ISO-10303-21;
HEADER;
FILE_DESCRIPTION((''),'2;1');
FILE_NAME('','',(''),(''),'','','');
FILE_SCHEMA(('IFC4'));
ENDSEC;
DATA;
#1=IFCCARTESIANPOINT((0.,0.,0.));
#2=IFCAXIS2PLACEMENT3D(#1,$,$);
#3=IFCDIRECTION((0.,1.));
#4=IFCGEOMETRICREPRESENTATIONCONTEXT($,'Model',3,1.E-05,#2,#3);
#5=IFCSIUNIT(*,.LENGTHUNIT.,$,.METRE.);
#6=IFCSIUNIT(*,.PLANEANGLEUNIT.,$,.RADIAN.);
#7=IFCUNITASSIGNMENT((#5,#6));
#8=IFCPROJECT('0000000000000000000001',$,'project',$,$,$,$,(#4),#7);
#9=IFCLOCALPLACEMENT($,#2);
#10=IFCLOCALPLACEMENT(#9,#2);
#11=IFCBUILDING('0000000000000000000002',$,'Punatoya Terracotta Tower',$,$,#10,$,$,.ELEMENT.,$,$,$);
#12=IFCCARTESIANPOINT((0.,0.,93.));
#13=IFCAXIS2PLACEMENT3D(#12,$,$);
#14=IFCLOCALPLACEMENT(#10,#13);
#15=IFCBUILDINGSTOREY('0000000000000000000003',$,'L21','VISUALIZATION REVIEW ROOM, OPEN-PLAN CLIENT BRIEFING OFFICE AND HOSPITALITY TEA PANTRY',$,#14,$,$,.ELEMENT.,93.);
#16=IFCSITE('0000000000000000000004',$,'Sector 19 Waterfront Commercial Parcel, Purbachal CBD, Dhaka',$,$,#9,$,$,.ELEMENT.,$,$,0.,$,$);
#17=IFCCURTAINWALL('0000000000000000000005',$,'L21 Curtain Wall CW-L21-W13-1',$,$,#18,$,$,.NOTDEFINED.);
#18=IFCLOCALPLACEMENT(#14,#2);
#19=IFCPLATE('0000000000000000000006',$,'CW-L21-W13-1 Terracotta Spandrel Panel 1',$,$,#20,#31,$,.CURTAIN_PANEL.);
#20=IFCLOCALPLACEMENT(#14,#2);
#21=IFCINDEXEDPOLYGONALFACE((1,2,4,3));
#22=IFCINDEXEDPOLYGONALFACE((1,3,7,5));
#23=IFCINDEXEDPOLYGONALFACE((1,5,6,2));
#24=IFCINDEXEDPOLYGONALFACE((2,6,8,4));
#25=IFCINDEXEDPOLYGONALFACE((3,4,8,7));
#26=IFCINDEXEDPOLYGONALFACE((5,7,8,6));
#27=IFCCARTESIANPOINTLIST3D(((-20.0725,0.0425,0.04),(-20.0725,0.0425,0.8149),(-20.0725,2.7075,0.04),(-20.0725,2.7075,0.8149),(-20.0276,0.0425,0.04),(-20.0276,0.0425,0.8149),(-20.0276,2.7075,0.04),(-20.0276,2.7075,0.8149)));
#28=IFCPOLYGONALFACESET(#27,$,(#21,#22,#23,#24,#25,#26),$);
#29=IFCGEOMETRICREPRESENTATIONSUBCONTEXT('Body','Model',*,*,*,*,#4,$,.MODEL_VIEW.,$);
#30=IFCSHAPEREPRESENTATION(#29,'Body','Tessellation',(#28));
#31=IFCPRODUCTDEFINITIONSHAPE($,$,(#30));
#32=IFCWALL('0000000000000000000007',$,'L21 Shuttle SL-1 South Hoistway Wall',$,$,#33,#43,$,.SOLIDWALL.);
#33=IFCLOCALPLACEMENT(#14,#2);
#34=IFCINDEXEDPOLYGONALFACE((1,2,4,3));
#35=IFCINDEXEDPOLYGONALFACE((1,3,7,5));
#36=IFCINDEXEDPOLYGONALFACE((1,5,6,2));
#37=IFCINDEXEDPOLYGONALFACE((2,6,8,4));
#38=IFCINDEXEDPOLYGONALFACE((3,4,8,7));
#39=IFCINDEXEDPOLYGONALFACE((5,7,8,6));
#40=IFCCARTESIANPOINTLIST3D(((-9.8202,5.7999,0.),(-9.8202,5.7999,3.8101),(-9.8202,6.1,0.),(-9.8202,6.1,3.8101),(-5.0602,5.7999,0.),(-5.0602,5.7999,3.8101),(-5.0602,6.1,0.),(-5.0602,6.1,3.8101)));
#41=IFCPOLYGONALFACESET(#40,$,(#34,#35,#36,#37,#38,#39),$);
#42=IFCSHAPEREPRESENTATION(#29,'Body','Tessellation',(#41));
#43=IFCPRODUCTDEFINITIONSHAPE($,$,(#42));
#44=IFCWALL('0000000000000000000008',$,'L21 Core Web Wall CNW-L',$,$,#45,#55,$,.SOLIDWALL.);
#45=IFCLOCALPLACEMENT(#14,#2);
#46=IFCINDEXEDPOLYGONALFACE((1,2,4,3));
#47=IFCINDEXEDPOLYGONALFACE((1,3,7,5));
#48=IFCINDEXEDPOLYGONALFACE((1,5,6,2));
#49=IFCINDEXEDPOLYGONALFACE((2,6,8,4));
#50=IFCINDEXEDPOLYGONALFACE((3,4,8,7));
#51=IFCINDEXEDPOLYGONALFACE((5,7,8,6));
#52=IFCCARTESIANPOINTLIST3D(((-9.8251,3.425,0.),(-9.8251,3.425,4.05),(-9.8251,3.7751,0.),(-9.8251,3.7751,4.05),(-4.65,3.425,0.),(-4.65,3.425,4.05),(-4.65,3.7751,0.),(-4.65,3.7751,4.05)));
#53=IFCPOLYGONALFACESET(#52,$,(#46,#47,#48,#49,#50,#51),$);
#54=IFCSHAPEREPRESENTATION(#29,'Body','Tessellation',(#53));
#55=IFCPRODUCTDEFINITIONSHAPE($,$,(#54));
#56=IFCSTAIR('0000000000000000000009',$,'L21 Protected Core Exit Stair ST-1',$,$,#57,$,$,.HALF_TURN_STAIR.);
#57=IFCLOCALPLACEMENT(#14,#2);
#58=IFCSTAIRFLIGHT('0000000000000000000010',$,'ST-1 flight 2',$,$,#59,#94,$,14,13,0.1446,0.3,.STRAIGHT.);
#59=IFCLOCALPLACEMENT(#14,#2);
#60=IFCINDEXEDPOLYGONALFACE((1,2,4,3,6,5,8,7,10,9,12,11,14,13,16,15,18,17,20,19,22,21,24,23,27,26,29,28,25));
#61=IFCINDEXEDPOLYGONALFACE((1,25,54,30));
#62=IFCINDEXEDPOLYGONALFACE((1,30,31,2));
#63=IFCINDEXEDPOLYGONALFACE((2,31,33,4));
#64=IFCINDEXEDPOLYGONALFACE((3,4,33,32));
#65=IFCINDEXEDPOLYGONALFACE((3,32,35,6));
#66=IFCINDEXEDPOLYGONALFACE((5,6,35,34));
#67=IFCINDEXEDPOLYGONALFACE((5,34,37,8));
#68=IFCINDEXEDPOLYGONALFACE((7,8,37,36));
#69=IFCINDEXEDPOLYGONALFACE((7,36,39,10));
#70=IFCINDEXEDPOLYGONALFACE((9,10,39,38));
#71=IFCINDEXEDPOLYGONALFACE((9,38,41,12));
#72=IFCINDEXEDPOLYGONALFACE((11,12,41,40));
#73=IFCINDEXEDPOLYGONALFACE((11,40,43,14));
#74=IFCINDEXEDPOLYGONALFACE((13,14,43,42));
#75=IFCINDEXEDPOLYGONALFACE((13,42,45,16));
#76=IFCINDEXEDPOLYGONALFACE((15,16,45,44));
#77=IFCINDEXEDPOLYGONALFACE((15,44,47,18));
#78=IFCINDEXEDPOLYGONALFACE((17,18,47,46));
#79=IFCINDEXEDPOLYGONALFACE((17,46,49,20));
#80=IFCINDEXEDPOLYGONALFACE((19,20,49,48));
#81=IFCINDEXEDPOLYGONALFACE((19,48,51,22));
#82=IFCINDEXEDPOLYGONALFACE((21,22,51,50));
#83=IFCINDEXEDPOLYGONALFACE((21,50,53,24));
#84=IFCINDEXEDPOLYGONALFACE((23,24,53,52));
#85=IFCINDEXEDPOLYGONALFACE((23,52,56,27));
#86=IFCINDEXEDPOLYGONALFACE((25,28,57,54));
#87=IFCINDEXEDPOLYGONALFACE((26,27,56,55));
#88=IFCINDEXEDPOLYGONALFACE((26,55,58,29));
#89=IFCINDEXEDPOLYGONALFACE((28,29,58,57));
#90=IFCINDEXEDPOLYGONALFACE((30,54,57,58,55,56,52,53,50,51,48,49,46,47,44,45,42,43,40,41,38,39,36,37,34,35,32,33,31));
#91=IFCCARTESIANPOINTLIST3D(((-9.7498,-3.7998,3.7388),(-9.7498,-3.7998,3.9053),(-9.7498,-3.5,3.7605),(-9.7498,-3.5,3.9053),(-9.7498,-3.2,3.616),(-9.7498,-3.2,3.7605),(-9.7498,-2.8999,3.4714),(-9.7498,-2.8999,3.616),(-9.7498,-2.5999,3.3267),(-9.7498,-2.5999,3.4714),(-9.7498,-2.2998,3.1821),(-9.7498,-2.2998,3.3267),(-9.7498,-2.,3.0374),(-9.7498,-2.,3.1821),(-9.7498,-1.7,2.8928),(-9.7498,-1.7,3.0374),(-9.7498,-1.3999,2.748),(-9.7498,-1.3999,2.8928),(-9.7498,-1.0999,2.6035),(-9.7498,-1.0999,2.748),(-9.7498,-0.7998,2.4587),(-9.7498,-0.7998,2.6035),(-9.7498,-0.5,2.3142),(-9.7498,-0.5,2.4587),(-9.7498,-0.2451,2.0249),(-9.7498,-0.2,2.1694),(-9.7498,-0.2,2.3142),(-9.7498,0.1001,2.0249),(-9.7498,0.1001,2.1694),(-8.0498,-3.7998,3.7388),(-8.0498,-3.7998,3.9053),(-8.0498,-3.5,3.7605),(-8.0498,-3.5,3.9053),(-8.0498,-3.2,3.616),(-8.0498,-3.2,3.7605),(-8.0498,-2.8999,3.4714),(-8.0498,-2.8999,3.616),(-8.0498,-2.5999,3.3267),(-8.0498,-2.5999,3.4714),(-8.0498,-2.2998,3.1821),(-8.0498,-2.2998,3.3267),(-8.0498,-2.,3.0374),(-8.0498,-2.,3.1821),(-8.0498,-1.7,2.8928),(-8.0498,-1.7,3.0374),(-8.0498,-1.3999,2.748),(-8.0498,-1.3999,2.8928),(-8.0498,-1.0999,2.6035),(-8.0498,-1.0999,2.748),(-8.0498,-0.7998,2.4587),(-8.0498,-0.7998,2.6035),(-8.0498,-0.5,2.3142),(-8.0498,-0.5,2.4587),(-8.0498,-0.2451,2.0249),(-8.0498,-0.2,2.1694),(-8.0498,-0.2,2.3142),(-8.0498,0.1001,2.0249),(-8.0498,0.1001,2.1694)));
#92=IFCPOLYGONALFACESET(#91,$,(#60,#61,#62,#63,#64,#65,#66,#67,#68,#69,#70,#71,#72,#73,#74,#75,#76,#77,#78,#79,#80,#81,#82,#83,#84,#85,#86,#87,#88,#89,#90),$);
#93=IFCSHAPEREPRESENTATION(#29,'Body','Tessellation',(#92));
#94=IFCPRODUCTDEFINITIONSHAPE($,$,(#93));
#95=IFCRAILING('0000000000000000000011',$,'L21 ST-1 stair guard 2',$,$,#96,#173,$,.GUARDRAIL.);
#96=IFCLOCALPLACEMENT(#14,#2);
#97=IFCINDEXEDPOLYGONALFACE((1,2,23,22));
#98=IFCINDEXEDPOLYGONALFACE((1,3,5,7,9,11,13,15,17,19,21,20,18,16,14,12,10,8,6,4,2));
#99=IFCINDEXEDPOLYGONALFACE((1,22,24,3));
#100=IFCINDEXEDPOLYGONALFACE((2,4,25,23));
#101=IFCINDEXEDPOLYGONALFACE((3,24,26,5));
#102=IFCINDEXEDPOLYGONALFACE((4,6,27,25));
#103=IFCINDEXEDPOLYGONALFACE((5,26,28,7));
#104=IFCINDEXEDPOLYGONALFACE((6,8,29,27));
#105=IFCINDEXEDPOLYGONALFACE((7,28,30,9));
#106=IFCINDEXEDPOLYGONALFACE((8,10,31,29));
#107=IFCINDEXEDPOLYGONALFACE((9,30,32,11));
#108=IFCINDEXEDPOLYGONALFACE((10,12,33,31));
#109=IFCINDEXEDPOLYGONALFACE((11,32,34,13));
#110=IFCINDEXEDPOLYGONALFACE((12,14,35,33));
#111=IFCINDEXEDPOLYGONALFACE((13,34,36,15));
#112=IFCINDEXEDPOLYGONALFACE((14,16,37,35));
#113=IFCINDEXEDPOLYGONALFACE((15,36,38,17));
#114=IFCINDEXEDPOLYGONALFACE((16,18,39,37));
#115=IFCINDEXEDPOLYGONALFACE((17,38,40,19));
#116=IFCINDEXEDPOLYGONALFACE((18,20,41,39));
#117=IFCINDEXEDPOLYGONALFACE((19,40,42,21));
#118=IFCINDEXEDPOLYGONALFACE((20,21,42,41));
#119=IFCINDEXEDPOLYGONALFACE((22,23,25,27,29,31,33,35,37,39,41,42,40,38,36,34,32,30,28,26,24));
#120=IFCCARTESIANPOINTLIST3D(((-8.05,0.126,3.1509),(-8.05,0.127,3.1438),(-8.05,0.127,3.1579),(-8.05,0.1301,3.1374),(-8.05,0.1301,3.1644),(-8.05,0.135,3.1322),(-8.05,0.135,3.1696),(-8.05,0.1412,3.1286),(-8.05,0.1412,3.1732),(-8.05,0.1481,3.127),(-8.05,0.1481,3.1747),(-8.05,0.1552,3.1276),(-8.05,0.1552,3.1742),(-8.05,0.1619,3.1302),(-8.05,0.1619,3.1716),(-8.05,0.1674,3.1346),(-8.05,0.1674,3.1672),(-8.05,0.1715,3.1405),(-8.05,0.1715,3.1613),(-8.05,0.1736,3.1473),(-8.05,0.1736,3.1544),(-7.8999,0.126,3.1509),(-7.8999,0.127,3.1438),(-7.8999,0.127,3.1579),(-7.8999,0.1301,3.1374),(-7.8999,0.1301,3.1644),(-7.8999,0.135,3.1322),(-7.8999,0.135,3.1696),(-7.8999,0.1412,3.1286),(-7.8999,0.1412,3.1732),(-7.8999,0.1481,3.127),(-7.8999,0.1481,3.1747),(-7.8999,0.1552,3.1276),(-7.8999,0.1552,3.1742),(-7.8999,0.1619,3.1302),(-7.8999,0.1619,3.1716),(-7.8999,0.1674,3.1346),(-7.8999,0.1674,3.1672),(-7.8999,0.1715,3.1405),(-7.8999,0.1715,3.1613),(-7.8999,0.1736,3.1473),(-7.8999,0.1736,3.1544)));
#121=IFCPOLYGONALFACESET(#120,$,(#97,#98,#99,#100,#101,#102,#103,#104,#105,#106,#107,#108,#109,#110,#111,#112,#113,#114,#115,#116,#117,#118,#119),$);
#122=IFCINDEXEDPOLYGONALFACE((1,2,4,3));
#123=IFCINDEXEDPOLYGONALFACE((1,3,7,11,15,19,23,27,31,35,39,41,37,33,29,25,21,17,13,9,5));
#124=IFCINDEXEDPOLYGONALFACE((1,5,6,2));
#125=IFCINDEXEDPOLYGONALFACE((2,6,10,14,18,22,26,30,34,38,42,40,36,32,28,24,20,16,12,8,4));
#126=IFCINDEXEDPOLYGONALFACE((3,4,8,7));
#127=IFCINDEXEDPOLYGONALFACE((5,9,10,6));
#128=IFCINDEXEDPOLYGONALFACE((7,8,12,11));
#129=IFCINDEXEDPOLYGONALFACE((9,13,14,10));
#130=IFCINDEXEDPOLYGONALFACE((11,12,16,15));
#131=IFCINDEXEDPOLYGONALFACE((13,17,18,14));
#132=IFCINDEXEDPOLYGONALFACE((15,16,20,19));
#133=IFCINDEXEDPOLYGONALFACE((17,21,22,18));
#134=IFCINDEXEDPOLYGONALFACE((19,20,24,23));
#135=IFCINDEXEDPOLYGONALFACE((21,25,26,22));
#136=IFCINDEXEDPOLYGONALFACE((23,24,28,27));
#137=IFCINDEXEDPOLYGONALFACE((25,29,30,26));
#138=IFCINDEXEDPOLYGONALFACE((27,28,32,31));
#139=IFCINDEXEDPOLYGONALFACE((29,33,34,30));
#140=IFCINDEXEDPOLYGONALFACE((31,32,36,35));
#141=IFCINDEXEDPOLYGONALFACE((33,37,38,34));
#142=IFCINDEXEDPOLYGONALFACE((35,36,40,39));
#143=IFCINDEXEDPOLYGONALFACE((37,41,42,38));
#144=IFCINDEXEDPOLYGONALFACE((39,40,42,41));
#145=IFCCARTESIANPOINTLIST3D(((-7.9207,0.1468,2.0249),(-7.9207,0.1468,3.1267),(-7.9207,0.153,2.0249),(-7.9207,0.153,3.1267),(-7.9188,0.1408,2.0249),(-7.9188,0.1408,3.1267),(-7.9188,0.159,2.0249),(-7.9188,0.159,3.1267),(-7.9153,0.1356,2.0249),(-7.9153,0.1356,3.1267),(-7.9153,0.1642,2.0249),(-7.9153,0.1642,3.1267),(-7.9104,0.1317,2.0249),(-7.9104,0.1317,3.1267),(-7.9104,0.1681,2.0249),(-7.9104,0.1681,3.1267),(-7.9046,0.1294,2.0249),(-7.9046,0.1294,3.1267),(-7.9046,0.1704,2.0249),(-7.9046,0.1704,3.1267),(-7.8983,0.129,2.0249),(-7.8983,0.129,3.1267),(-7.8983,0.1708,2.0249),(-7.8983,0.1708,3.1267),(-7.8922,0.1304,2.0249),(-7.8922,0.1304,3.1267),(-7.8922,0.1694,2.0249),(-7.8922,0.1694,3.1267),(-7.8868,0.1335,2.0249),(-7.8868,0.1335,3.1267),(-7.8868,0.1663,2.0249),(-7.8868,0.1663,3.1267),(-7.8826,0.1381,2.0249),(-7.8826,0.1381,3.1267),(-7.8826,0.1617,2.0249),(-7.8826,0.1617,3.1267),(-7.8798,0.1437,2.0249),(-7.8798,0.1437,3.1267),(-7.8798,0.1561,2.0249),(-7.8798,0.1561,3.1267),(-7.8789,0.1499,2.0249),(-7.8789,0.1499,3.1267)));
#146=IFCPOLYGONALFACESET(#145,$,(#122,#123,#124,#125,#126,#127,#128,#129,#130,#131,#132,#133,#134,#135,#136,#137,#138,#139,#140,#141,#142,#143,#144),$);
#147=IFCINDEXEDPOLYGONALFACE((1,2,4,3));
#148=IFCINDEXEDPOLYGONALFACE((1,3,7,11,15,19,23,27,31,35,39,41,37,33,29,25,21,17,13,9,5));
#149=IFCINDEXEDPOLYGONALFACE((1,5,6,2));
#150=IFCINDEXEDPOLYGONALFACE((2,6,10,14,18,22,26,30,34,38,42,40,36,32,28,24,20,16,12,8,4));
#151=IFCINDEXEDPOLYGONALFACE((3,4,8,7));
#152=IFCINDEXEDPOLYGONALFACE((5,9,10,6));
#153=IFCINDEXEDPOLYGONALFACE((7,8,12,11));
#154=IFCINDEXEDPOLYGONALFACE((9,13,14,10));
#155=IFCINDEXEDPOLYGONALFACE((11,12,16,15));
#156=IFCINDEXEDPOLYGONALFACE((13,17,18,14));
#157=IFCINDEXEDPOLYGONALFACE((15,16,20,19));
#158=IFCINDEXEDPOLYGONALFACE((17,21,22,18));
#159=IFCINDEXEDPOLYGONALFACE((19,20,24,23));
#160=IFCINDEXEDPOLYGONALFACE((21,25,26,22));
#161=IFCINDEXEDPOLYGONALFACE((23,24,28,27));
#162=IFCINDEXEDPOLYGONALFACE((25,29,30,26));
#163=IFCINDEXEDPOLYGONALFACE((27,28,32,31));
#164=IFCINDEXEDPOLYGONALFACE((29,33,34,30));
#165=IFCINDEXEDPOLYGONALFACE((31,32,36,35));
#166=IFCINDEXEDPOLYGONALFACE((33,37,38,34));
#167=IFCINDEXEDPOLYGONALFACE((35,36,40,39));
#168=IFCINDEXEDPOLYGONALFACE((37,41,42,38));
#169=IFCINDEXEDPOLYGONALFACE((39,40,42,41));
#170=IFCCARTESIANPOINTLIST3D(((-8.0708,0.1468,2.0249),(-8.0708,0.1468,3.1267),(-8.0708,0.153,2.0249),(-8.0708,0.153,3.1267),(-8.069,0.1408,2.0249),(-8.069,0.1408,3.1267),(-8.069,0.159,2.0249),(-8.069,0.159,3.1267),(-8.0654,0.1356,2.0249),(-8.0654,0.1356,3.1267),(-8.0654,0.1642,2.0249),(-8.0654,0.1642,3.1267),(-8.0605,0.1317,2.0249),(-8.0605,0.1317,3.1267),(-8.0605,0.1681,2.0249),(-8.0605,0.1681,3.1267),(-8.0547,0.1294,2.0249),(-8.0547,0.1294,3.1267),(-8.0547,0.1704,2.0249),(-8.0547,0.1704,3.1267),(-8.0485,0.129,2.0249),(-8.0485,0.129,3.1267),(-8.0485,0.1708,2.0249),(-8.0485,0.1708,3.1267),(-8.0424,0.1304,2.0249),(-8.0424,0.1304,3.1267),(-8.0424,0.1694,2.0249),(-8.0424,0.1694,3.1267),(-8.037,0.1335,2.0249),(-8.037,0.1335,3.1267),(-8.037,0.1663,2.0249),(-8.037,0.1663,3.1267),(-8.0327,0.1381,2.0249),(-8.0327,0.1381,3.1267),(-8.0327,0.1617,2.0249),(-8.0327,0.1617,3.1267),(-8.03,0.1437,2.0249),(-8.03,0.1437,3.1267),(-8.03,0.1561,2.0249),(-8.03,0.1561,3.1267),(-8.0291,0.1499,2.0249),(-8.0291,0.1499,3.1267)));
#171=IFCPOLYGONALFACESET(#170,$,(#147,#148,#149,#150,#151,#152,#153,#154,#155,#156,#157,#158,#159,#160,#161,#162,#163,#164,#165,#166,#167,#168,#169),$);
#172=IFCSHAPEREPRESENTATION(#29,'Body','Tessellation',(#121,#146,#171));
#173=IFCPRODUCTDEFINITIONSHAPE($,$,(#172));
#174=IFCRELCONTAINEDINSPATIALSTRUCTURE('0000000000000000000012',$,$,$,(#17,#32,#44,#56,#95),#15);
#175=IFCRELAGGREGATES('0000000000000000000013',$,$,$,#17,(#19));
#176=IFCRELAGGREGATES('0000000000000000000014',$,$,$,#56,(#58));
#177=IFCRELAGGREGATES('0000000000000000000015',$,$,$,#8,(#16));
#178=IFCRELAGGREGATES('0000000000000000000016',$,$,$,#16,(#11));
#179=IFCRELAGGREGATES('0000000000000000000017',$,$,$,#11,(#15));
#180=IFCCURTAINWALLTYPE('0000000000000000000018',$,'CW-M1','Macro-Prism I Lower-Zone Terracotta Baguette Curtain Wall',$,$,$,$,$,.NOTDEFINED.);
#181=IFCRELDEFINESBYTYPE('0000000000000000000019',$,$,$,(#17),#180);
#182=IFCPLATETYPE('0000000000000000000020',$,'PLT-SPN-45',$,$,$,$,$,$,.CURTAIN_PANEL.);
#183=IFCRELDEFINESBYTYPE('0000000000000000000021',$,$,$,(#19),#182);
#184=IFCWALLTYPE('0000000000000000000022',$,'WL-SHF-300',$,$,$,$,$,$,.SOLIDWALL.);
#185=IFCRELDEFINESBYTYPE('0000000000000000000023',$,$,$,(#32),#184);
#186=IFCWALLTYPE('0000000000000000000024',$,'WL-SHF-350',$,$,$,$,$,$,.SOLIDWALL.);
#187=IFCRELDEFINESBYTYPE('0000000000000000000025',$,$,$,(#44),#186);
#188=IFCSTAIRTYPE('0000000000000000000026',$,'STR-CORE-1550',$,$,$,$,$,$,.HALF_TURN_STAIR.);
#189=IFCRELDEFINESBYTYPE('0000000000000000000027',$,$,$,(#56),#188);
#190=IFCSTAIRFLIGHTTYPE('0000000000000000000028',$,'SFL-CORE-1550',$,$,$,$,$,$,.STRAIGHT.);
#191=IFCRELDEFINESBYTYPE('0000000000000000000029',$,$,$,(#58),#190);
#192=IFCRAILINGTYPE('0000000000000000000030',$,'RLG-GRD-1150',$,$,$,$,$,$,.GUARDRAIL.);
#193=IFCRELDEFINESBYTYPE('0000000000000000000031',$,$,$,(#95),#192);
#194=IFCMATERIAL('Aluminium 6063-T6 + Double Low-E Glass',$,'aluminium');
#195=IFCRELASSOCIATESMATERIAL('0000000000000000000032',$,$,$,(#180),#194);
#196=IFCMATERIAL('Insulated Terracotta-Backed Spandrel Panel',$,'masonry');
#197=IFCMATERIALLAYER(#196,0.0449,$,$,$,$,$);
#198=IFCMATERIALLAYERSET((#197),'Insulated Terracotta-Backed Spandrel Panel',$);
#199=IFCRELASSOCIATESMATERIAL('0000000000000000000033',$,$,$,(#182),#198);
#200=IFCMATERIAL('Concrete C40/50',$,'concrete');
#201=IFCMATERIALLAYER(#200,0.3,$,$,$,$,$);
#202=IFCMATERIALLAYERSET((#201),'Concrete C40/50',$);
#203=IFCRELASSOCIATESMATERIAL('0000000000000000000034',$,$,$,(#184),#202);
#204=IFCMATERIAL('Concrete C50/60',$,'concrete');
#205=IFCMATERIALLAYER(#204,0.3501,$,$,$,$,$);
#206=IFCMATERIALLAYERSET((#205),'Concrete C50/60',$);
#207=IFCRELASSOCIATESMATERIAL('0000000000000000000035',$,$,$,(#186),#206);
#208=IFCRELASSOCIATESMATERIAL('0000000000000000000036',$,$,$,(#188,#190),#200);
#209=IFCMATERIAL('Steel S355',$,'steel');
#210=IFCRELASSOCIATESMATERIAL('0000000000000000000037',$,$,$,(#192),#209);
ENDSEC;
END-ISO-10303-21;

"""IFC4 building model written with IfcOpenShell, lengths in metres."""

from ifc_helpers import new_model, si_unit, direction, frame, frame_2d, origin, origin_2d, place, context, subcontext, project, spatial, polyline, rectangle, circle, outline, extrude, material, layer, layer_set, type_object, element, aggregate, save


model = new_model("IFC4")

# Units and contexts
model_context = context("Model", 3, precision=1e-05, world=origin(), true_north=direction((0.0, 1.0)))
body_context = subcontext(model_context, "Body", "Model", "MODEL_VIEW")
ifc_project = project(units=[si_unit("LENGTHUNIT", "METRE"), si_unit("PLANEANGLEUNIT", "RADIAN")], contexts=[model_context])

# Site, building, storey
site_placement = place(None, origin())
site = spatial("IfcSite", under=ifc_project, at=site_placement, Name="Sector 19 Waterfront Commercial Parcel, Purbachal CBD, Dhaka", CompositionType="ELEMENT", RefElevation=0.0)
building_placement = place(site_placement, origin())
building = spatial("IfcBuilding", under=site, at=building_placement, Name="Punatoya Terracotta Tower", CompositionType="ELEMENT")
storey_placement = place(building_placement, frame((0.0, 0.0, 93.0)))
storey = spatial("IfcBuildingStorey", under=building, at=storey_placement, Name="L21", Description="VISUALIZATION REVIEW ROOM, OPEN-PLAN CLIENT BRIEFING OFFICE AND HOSPITALITY TEA PANTRY", CompositionType="ELEMENT", Elevation=93.0)

# Shared definitions
ifc_material_1 = material(Name="Steel S355", Category="steel")

# Curtain wall
ifc_material_2 = material(Name="Aluminium 6063-T6 + Double Low-E Glass", Category="aluminium")
curtain_wall_type = type_object("IfcCurtainWallType", Name="CW-M1", Description="Macro-Prism I Lower-Zone Terracotta Baguette Curtain Wall", PredefinedType="NOTDEFINED", material=ifc_material_2)
curtain_wall_placement = place(storey_placement, origin())
curtain_wall = element("IfcCurtainWall", 1, at=curtain_wall_placement, inside=storey, type_object=curtain_wall_type, Name="L21 Curtain Wall CW-L21-W13-1", PredefinedType="NOTDEFINED")

# Plate
ifc_material_3 = material(Name="Insulated Terracotta-Backed Spandrel Panel", Category="masonry")
ifc_layer_1 = layer(ifc_material_3, 0.0449)
ifc_layer_set_1 = layer_set([ifc_layer_1], Name="Insulated Terracotta-Backed Spandrel Panel")
plate_type_1 = type_object("IfcPlateType", Name="PLT-SPN-45", PredefinedType="CURTAIN_PANEL", material=ifc_layer_set_1)
plate_1_placement = place(storey_placement, frame((-20.05, 1.375, 0.04), z_axis=(0.0, 0.0, 1.0), x_axis=(0.0, -1.0, 0.0)))
plate_1 = element("IfcPlate", 2, at=plate_1_placement, type_object=plate_type_1, Name="CW-L21-W13-1 Terracotta Spandrel Panel 1", PredefinedType="CURTAIN_PANEL", context=body_context, shape_type="SweptSolid", body=[
    extrude(rectangle(XDim=2.665, YDim=0.0449, at=origin_2d()), origin(), (0.0, 0.0, 1.0), 0.7749),
])
aggregate(curtain_wall, [plate_1])

# Walls
ifc_material_4 = material(Name="Concrete C40/50", Category="concrete")
ifc_layer_2 = layer(ifc_material_4, 0.3)
ifc_layer_set_2 = layer_set([ifc_layer_2], Name="Concrete C40/50")
wall_type_1 = type_object("IfcWallType", Name="WL-SHF-300", PredefinedType="SOLIDWALL", material=ifc_layer_set_2)
wall_1_placement = place(storey_placement, frame((-9.8201, 5.95, 0.0), z_axis=(0.0, 0.0, 1.0), x_axis=(1.0, 0.0, 0.0)))
element("IfcWall", 3, at=wall_1_placement, inside=storey, type_object=wall_type_1, Name="L21 Shuttle SL-1 South Hoistway Wall", PredefinedType="SOLIDWALL", context=body_context, shape_type="SweptSolid", body=[
    extrude(rectangle(XDim=4.76, YDim=0.3, at=frame_2d((2.3799, 0.0))), origin(), (0.0, 0.0, 1.0), 3.8101),
])
ifc_material_5 = material(Name="Concrete C50/60", Category="concrete")
ifc_layer_3 = layer(ifc_material_5, 0.3501)
ifc_layer_set_3 = layer_set([ifc_layer_3], Name="Concrete C50/60")
wall_type_2 = type_object("IfcWallType", Name="WL-SHF-350", PredefinedType="SOLIDWALL", material=ifc_layer_set_3)
wall_2_placement = place(storey_placement, frame((-9.825, 3.6001, 0.0), z_axis=(0.0, 0.0, 1.0), x_axis=(1.0, 0.0, 0.0)))
element("IfcWall", 4, at=wall_2_placement, inside=storey, type_object=wall_type_2, Name="L21 Core Web Wall CNW-L", PredefinedType="SOLIDWALL", context=body_context, shape_type="SweptSolid", body=[
    extrude(rectangle(XDim=5.175, YDim=0.3501, at=frame_2d((2.5874, 0.0))), origin(), (0.0, 0.0, 1.0), 4.05),
])

# Stair, stair flight
stair_type = type_object("IfcStairType", Name="STR-CORE-1550", PredefinedType="HALF_TURN_STAIR", material=ifc_material_4)
stair_placement = place(storey_placement, origin())
stair = element("IfcStair", 5, at=stair_placement, inside=storey, type_object=stair_type, Name="L21 Protected Core Exit Stair ST-1", PredefinedType="HALF_TURN_STAIR")
stair_flight_type = type_object("IfcStairFlightType", Name="SFL-CORE-1550", PredefinedType="STRAIGHT", material=ifc_material_4)
stair_flight_placement = place(storey_placement, frame((-8.8999, 0.1001, 2.0249), z_axis=(0.0, 0.0, 1.0), x_axis=(0.0, -1.0, 0.0)))
stair_flight = element("IfcStairFlight", 6, at=stair_flight_placement, type_object=stair_flight_type, Name="ST-1 flight 2", NumberOfRisers=14, NumberOfTreads=13, PredefinedType="STRAIGHT", RiserHeight=0.1446, TreadLength=0.3, context=body_context, shape_type="SweptSolid", body=[
    extrude(outline(polyline([(0.0, 0.0), (0.0, 0.1445), (0.3, 0.1445), (0.3, 0.2893), (0.6001, 0.2893), (0.6001, 0.4338), (0.8999, 0.4338), (0.8999, 0.5786), (1.2, 0.5786), (1.2, 0.7231), (1.5, 0.7231), (1.5, 0.8679), (1.8, 0.8679), (1.8, 1.0125), (2.1001, 1.0125), (2.1001, 1.1572), (2.3999, 1.1572), (2.3999, 1.3018), (2.7, 1.3018), (2.7, 1.4465), (3.0, 1.4465), (3.0, 1.5911), (3.3, 1.5911), (3.3, 1.7356), (3.6001, 1.7356), (3.6001, 1.8804), (3.8999, 1.8804), (3.8999, 2.0249), (3.8999, 1.7139), (0.3452, 0.0), (0.0, 0.0)])), frame((0.0, 0.8501, 0.0), z_axis=(0.0, -1.0, 0.0), x_axis=(1.0, 0.0, 0.0)), (0.0, 0.0, 1.0), 1.7),
])
aggregate(stair, [stair_flight])

# Railing
railing_type_1 = type_object("IfcRailingType", Name="RLG-GRD-1150", PredefinedType="GUARDRAIL", material=ifc_material_1)
railing_1_placement = place(storey_placement, frame((-7.8999, 0.1499, 2.0249)))
element("IfcRailing", 7, at=railing_1_placement, inside=storey, type_object=railing_type_1, Name="L21 ST-1 stair guard 2", PredefinedType="GUARDRAIL", context=body_context, shape_type="SweptSolid", body=[
    extrude(circle(Radius=0.0239, at=origin_2d()), frame((0.0, 0.0, 1.126), z_axis=(-1.0, 0.0, 0.0), x_axis=(0.0, -1.0, 0.0)), (0.0, 0.0, 1.0), 0.1501),
    extrude(circle(Radius=0.021, at=origin_2d()), origin(), (0.0, 0.0, 1.0), 1.1018),
    extrude(circle(Radius=0.021, at=origin_2d()), frame((-0.1501, 0.0, 0.0)), (0.0, 0.0, 1.0), 1.1018),
])

save(model, "model.ifc")
